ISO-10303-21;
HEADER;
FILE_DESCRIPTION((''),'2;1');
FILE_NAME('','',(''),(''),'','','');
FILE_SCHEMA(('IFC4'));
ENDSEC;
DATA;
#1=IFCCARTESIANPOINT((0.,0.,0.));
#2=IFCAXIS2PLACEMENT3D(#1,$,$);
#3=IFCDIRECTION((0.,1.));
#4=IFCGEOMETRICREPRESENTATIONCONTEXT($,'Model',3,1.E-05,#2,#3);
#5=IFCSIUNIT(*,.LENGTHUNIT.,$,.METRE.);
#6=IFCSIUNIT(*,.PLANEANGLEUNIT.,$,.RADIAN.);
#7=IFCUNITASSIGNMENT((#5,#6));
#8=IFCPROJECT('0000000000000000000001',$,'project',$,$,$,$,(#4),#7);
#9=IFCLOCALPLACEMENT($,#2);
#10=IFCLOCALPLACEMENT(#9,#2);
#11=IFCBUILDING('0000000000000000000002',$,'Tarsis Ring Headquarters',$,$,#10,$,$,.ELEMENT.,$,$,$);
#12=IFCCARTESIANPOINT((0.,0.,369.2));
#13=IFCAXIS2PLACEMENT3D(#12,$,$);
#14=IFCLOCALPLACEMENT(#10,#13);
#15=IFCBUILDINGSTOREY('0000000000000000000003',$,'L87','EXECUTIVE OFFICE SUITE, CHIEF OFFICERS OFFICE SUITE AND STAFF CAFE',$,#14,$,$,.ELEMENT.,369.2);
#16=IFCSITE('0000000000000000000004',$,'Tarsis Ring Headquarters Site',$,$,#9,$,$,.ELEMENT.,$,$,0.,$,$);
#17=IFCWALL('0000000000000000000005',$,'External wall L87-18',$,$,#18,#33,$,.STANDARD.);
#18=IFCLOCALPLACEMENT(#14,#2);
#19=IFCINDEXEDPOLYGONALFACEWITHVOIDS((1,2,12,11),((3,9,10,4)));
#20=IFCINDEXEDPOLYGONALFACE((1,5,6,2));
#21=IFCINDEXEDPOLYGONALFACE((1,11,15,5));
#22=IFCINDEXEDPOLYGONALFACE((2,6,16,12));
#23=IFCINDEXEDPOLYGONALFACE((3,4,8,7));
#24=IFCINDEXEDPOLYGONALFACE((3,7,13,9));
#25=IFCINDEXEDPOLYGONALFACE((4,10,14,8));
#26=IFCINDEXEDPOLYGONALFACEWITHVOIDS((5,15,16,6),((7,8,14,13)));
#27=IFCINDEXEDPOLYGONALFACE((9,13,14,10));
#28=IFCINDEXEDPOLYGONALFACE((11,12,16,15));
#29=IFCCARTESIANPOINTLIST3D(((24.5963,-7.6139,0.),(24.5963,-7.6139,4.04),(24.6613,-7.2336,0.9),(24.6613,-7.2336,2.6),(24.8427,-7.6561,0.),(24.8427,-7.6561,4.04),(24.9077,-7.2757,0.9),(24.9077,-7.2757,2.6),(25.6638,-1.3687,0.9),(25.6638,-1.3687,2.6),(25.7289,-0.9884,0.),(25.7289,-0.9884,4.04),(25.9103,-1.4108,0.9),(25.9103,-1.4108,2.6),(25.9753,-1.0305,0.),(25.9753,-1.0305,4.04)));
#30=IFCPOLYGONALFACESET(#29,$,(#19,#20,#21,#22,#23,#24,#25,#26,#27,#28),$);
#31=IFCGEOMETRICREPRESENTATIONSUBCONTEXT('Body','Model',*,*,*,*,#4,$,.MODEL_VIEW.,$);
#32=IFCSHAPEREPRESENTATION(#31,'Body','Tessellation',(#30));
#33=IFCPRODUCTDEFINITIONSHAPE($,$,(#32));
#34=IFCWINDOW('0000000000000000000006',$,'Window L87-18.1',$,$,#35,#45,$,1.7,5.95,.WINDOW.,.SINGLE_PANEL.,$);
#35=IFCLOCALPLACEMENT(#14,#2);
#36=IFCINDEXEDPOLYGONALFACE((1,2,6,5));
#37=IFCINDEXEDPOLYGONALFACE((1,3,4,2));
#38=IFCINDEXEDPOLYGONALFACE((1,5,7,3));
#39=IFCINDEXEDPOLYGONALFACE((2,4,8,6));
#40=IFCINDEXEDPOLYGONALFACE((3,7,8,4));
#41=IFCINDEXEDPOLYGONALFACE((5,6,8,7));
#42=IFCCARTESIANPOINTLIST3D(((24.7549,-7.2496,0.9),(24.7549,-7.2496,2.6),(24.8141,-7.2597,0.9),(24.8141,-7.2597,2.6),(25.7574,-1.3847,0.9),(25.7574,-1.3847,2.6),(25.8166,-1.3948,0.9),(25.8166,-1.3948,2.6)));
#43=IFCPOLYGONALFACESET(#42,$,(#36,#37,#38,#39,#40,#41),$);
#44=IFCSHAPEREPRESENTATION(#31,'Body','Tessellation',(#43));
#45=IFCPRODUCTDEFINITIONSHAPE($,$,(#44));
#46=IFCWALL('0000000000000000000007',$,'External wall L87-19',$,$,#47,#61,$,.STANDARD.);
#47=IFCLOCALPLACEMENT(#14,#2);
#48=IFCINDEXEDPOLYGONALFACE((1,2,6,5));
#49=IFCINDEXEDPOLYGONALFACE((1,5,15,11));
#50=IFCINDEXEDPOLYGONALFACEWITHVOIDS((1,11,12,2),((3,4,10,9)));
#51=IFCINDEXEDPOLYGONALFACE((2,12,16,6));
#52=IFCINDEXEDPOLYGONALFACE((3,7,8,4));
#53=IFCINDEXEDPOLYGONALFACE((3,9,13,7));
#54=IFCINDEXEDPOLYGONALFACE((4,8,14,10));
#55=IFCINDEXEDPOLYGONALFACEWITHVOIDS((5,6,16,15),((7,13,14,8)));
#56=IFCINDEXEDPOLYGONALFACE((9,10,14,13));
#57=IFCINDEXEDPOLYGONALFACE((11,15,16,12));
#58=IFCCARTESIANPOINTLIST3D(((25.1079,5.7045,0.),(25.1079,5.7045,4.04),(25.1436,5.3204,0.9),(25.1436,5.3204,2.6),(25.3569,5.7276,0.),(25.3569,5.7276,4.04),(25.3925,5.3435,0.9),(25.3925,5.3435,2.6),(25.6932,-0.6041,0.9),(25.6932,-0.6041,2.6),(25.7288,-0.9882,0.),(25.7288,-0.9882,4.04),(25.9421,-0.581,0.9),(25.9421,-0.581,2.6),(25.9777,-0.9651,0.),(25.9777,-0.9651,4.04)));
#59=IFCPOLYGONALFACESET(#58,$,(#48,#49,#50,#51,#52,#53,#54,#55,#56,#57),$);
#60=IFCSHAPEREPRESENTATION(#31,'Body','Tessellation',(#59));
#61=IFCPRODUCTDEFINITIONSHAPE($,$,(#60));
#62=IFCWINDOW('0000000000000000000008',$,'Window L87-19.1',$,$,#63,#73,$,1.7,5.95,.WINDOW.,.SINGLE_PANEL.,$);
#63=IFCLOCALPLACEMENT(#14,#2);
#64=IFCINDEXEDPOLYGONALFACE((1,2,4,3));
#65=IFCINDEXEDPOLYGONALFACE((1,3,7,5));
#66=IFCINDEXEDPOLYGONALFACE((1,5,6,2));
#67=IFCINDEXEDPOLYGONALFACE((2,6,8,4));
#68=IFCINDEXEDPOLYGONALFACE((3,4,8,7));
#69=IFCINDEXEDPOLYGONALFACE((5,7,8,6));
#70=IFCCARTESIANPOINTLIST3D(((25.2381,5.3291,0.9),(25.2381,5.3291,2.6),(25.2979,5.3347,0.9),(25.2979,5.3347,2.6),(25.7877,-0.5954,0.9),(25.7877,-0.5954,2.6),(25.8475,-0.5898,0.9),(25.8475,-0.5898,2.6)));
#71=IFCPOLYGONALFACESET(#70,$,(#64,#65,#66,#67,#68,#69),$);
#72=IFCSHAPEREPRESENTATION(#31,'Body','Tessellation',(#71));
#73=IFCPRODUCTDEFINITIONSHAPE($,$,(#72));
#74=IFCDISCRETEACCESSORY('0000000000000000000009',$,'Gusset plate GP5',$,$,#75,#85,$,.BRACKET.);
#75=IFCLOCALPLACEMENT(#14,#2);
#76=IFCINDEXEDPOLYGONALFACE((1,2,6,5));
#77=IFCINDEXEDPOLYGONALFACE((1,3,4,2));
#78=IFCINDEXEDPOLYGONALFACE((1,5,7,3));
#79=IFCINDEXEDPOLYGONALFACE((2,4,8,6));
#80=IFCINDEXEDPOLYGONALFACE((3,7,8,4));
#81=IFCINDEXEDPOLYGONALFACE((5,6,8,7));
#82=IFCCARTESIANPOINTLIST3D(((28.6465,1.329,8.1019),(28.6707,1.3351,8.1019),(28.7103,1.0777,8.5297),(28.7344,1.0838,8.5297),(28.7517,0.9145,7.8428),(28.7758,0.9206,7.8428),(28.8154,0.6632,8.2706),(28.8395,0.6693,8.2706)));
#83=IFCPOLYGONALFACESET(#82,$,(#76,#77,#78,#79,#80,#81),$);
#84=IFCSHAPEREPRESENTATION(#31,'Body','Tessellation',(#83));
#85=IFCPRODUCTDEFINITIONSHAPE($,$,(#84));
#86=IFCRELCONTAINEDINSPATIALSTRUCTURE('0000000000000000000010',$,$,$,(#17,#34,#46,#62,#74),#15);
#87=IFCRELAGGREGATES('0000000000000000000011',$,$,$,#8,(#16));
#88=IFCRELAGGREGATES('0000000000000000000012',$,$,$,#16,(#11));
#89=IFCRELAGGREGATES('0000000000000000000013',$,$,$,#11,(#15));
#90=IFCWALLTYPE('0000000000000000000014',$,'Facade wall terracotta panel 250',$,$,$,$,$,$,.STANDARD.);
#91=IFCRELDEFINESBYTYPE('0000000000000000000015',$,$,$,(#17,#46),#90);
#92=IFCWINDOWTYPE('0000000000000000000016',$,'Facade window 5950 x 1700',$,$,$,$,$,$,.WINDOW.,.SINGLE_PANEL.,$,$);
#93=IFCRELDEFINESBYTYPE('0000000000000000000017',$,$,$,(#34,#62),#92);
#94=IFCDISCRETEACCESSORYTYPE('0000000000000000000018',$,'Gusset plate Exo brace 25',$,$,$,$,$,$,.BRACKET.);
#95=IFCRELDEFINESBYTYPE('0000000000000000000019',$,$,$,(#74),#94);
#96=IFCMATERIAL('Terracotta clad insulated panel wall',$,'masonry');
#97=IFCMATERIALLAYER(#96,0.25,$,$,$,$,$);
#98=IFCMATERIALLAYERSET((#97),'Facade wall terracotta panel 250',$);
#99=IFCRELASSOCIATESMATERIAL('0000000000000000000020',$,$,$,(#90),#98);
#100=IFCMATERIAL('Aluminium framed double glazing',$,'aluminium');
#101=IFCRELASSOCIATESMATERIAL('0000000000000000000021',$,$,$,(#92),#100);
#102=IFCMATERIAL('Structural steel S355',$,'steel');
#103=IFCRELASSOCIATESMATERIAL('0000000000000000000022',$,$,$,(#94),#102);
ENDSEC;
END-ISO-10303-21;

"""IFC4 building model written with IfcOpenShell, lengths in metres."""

from ifc_helpers import new_model, si_unit, direction, frame, frame_2d, origin, origin_2d, place, context, subcontext, project, spatial, rectangle, extrude, material, layer, layer_set, material_profile, profile_set, type_object, element, fill, save


model = new_model("IFC4")

# Units and contexts
model_context = context("Model", 3, precision=1e-05, world=origin(), true_north=direction((0.0, 1.0)))
body_context = subcontext(model_context, "Body", "Model", "MODEL_VIEW")
ifc_project = project(units=[si_unit("LENGTHUNIT", "METRE"), si_unit("PLANEANGLEUNIT", "RADIAN")], contexts=[model_context])

# Site, building, storey
site_placement = place(None, origin())
site = spatial("IfcSite", under=ifc_project, at=site_placement, Name="Tarsis Ring Headquarters Site", CompositionType="ELEMENT", RefElevation=0.0)
building_placement = place(site_placement, origin())
building = spatial("IfcBuilding", under=site, at=building_placement, Name="Tarsis Ring Headquarters", CompositionType="ELEMENT")
storey_placement = place(building_placement, frame((0.0, 0.0, 369.2)))
storey = spatial("IfcBuildingStorey", under=building, at=storey_placement, Name="L87", Description="EXECUTIVE OFFICE SUITE, CHIEF OFFICERS OFFICE SUITE AND STAFF CAFE", CompositionType="ELEMENT", Elevation=369.2)

# Shared definitions
ifc_material_1 = material(Name="Structural steel S355", Category="steel")

# Walls, openings, windows
ifc_material_2 = material(Name="Terracotta clad insulated panel wall", Category="masonry")
ifc_layer_1 = layer(ifc_material_2, 0.25)
ifc_layer_set_1 = layer_set([ifc_layer_1], Name="Facade wall terracotta panel 250")
wall_type_1 = type_object("IfcWallType", Name="Facade wall terracotta panel 250", PredefinedType="STANDARD", material=ifc_layer_set_1)
ifc_material_3 = material(Name="Aluminium framed double glazing", Category="aluminium")
wall_1_placement = place(storey_placement, frame((24.7195, -7.635, 0.0), z_axis=(0.0, 0.0, 1.0), x_axis=(0.168497, 0.985702, 0.0)))
wall_1 = element("IfcWall", 1, at=wall_1_placement, inside=storey, type_object=wall_type_1, Name="External wall L87-18", PredefinedType="STANDARD", context=body_context, shape_type="SweptSolid", body=[
    extrude(rectangle(XDim=6.7217, YDim=0.25, at=frame_2d((3.3608, 0.0))), origin(), (0.0, 0.0, 1.0), 4.04),
])
opening_1_placement = place(wall_1_placement, frame((0.3857, 0.0, 0.8999)))
opening_1 = element("IfcOpeningElement", 2, at=opening_1_placement, cuts=wall_1, PredefinedType="OPENING", context=body_context, shape_type="SweptSolid", body=[
    extrude(rectangle(XDim=5.95, YDim=1.7, at=frame_2d((2.9751, 0.8501))), frame((0.0, 0.135, 0.0), z_axis=(0.0, -1.0, 0.0), x_axis=(1.0, 0.0, 0.0)), (0.0, 0.0, 1.0), 0.27),
])
window_type_1 = type_object("IfcWindowType", Name="Facade window 5950 x 1700", PartitioningType="SINGLE_PANEL", PredefinedType="WINDOW", material=ifc_material_3)
window_1_placement = place(opening_1_placement, origin())
window_1 = element("IfcWindow", 3, at=window_1_placement, inside=storey, type_object=window_type_1, Name="Window L87-18.1", OverallHeight=1.7, OverallWidth=5.95, PartitioningType="SINGLE_PANEL", PredefinedType="WINDOW", context=body_context, shape_type="SweptSolid", body=[
    extrude(rectangle(XDim=5.95, YDim=1.7, at=frame_2d((2.9751, 0.8501))), frame((0.0, 0.03, 0.0), z_axis=(0.0, -1.0, 0.0), x_axis=(1.0, 0.0, 0.0)), (0.0, 0.0, 1.0), 0.0601),
])
fill(opening_1, window_1)
wall_2_placement = place(storey_placement, frame((25.8533, -0.9768, 0.0), z_axis=(0.0, 0.0, 1.0), x_axis=(-0.09237, 0.995725, 0.0)))
wall_2 = element("IfcWall", 4, at=wall_2_placement, inside=storey, type_object=wall_type_1, Name="External wall L87-19", PredefinedType="STANDARD", context=body_context, shape_type="SweptSolid", body=[
    extrude(rectangle(XDim=6.7214, YDim=0.25, at=frame_2d((3.3608, 0.0))), origin(), (0.0, 0.0, 1.0), 4.04),
])
opening_2_placement = place(wall_2_placement, frame((0.3857, 0.0, 0.8999)))
opening_2 = element("IfcOpeningElement", 5, at=opening_2_placement, cuts=wall_2, PredefinedType="OPENING", context=body_context, shape_type="SweptSolid", body=[
    extrude(rectangle(XDim=5.95, YDim=1.7, at=frame_2d((2.9751, 0.8501))), frame((0.0, 0.135, 0.0), z_axis=(0.0, -1.0, 0.0), x_axis=(1.0, 0.0, 0.0)), (0.0, 0.0, 1.0), 0.27),
])
window_2_placement = place(opening_2_placement, origin())
window_2 = element("IfcWindow", 6, at=window_2_placement, inside=storey, type_object=window_type_1, Name="Window L87-19.1", OverallHeight=1.7, OverallWidth=5.95, PartitioningType="SINGLE_PANEL", PredefinedType="WINDOW", context=body_context, shape_type="SweptSolid", body=[
    extrude(rectangle(XDim=5.95, YDim=1.7, at=frame_2d((2.9751, 0.8501))), frame((0.0, 0.03, 0.0), z_axis=(0.0, -1.0, 0.0), x_axis=(1.0, 0.0, 0.0)), (0.0, 0.0, 1.0), 0.0601),
])
fill(opening_2, window_2)

# Discrete accessory
ifc_material_profile_1 = material_profile(ifc_material_1, rectangle(XDim=0.0249, YDim=0.5, at=origin_2d()), Name="PL 25x500")
ifc_profile_set_1 = profile_set([ifc_material_profile_1], Name="Structural steel S355")
discrete_accessory_type = type_object("IfcDiscreteAccessoryType", Name="Gusset plate Exo brace 25", PredefinedType="BRACKET", material=ifc_profile_set_1)
discrete_accessory_placement = place(storey_placement, frame((28.7749, 0.8735, 8.4001), z_axis=(-0.127409, 0.502312, -0.855248), x_axis=(-0.969306, -0.245859, 0.0)))
element("IfcDiscreteAccessory", 7, at=discrete_accessory_placement, inside=storey, type_object=discrete_accessory_type, Name="Gusset plate GP5", PredefinedType="BRACKET", context=body_context, shape_type="SweptSolid", body=[
    extrude(rectangle(XDim=0.0249, YDim=0.5, at=origin_2d()), origin(), (0.0, 0.0, 1.0), 0.5002),
])

save(model, "model.ifc")
